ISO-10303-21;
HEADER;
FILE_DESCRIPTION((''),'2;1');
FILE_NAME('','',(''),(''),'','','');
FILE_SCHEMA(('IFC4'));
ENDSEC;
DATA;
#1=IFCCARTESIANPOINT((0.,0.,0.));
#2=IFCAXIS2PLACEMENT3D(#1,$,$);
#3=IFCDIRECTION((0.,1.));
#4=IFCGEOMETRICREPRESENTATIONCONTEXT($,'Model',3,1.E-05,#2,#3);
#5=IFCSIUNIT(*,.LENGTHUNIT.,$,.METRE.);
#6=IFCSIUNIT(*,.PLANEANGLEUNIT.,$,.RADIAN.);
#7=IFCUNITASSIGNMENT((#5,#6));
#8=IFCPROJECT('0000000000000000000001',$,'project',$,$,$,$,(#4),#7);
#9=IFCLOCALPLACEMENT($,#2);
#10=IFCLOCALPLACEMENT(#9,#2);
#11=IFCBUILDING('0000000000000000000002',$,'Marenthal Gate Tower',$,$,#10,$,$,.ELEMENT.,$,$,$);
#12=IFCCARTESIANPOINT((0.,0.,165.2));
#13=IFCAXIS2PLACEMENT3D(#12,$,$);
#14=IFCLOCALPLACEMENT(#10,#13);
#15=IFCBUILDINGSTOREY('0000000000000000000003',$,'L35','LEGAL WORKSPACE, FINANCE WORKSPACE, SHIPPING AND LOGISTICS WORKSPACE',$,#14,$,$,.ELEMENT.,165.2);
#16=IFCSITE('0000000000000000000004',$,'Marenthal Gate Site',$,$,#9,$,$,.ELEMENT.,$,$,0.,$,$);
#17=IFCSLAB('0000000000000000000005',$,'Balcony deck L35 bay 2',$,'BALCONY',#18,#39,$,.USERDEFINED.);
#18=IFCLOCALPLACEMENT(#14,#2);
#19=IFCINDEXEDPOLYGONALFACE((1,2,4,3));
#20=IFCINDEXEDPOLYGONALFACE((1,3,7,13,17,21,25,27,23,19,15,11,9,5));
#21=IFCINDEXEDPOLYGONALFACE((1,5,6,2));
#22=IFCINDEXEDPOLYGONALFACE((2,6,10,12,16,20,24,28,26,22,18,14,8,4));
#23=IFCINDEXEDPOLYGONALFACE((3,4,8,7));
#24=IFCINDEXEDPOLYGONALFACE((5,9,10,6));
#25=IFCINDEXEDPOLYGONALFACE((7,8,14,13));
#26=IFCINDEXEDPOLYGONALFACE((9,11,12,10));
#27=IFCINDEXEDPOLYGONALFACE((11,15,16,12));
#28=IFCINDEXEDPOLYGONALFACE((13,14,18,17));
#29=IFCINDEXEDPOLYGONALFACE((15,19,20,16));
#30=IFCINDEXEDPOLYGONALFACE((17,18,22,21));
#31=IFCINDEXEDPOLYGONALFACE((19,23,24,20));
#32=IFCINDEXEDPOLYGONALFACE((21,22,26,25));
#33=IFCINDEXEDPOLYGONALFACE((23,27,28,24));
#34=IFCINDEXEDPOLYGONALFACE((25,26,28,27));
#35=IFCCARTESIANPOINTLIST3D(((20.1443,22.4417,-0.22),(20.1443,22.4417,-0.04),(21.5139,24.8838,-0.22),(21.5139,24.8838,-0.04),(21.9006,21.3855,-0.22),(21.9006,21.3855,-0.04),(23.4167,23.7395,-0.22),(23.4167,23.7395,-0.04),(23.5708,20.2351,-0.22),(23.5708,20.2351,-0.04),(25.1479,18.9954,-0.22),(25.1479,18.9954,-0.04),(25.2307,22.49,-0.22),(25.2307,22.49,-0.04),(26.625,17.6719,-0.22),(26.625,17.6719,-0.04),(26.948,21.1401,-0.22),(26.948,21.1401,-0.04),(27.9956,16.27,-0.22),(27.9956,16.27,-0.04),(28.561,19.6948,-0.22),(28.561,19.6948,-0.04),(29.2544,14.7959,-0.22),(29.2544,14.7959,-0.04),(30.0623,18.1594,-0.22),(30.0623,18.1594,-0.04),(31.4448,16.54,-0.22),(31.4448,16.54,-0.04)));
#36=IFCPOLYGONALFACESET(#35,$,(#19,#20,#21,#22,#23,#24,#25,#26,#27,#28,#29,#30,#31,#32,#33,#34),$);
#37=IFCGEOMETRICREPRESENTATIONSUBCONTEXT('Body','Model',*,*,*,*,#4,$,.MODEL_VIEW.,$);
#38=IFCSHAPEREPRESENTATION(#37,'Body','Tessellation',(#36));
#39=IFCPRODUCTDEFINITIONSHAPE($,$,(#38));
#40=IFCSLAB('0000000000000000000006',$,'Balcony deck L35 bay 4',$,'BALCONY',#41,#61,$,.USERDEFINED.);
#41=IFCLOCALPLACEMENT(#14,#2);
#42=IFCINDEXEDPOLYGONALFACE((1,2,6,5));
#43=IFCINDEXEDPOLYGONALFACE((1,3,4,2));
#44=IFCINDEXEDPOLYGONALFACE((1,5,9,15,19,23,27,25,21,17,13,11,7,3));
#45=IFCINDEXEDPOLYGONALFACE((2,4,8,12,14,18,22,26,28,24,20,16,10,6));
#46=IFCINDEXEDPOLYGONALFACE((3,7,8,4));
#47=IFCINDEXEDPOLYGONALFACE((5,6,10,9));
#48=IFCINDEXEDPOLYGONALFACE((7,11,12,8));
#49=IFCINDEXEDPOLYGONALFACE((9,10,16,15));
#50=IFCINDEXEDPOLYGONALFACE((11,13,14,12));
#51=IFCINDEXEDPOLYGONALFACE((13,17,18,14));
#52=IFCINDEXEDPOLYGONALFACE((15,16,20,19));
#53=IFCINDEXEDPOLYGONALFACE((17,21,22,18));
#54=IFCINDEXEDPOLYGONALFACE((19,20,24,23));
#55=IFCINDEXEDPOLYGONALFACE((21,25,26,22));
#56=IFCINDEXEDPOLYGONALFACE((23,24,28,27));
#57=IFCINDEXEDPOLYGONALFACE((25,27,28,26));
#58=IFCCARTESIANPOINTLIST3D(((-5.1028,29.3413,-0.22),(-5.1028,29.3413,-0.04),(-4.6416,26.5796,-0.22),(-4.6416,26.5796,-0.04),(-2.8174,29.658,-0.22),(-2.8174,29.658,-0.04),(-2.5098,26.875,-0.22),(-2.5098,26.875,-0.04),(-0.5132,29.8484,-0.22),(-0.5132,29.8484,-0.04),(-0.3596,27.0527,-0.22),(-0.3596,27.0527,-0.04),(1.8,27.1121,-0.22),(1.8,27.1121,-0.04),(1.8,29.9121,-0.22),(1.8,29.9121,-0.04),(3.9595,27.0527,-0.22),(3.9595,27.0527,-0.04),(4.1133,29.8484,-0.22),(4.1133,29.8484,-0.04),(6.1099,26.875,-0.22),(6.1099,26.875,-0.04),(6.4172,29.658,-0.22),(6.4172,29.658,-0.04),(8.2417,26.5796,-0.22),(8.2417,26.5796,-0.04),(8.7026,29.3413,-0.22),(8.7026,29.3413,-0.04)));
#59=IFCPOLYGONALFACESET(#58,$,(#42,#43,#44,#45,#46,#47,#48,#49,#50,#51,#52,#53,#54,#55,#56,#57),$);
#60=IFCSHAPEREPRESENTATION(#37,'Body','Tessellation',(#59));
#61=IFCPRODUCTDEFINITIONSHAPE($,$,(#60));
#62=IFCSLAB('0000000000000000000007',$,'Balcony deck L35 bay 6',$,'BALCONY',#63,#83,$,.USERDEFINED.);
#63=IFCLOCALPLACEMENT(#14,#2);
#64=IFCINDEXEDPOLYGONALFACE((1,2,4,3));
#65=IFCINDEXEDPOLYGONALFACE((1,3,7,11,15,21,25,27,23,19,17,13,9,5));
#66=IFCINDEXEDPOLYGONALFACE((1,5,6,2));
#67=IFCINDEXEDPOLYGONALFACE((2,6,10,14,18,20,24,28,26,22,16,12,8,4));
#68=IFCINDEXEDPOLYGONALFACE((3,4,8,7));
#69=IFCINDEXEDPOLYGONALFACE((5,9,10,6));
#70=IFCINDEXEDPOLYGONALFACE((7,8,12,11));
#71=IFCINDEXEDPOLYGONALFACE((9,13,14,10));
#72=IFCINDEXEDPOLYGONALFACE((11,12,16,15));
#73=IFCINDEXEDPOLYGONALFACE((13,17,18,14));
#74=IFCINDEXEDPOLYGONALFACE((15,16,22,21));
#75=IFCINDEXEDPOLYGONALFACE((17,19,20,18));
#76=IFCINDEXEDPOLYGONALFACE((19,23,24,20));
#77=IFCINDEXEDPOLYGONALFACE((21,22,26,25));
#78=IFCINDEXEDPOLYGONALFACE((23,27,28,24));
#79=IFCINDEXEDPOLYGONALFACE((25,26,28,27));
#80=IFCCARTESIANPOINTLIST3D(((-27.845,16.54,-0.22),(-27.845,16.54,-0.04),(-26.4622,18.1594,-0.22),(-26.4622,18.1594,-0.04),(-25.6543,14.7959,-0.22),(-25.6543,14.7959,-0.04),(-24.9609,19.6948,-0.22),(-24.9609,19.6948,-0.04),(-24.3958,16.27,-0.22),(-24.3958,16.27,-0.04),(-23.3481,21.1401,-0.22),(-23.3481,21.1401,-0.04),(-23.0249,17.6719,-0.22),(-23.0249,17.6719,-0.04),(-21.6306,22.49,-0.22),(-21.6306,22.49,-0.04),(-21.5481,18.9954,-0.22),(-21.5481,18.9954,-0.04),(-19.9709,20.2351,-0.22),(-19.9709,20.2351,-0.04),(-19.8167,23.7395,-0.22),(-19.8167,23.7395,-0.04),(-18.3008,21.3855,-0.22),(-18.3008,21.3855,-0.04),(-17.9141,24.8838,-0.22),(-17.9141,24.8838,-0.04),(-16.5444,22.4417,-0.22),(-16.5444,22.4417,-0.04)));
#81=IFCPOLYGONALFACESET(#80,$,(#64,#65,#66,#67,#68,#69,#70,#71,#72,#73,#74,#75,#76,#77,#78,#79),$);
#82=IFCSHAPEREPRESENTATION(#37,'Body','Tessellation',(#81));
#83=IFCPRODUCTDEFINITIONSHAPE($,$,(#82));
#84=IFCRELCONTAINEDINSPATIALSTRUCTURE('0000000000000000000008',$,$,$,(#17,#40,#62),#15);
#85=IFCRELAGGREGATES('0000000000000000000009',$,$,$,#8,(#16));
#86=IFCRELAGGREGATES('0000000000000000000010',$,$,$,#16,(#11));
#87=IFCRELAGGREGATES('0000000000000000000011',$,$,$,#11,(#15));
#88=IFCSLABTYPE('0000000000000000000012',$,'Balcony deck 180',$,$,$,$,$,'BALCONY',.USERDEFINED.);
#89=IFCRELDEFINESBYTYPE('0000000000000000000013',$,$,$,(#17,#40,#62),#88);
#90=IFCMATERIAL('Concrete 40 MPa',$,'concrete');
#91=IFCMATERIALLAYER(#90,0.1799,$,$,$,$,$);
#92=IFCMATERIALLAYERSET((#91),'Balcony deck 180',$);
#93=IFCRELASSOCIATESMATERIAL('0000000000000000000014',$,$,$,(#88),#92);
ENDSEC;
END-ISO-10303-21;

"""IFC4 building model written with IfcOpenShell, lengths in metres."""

from ifc_helpers import new_model, si_unit, direction, frame, origin, place, context, subcontext, project, spatial, polyline, outline, extrude, material, layer, layer_set, type_object, element, save


model = new_model("IFC4")

# Units and contexts
model_context = context("Model", 3, precision=1e-05, world=origin(), true_north=direction((0.0, 1.0)))
body_context = subcontext(model_context, "Body", "Model", "MODEL_VIEW")
ifc_project = project(units=[si_unit("LENGTHUNIT", "METRE"), si_unit("PLANEANGLEUNIT", "RADIAN")], contexts=[model_context])

# Site, building, storey
site_placement = place(None, origin())
site = spatial("IfcSite", under=ifc_project, at=site_placement, Name="Marenthal Gate Site", CompositionType="ELEMENT", RefElevation=0.0)
building_placement = place(site_placement, origin())
building = spatial("IfcBuilding", under=site, at=building_placement, Name="Marenthal Gate Tower", CompositionType="ELEMENT")
storey_placement = place(building_placement, frame((0.0, 0.0, 165.2)))
storey = spatial("IfcBuildingStorey", under=building, at=storey_placement, Name="L35", Description="LEGAL WORKSPACE, FINANCE WORKSPACE, SHIPPING AND LOGISTICS WORKSPACE", CompositionType="ELEMENT", Elevation=165.2)

# Slabs
ifc_material_1 = material(Name="Concrete 40 MPa", Category="concrete")
ifc_layer_1 = layer(ifc_material_1, 0.1799)
ifc_layer_set_1 = layer_set([ifc_layer_1], Name="Balcony deck 180")
slab_type_1 = type_object("IfcSlabType", Name="Balcony deck 180", ElementType="BALCONY", PredefinedType="USERDEFINED", material=ifc_layer_set_1)
slab_1_placement = place(storey_placement, frame((0.0, 0.0, -0.22)))
element("IfcSlab", 1, at=slab_1_placement, inside=storey, type_object=slab_type_1, Name="Balcony deck L35 bay 2", ObjectType="BALCONY", PredefinedType="USERDEFINED", context=body_context, shape_type="SweptSolid", body=[
    extrude(outline(polyline([(29.2544, 14.7959), (27.9956, 16.27), (26.625, 17.6719), (25.1479, 18.9954), (23.5708, 20.2351), (21.9006, 21.3855), (20.1443, 22.4417), (21.5139, 24.8838), (23.4167, 23.7395), (25.2307, 22.49), (26.948, 21.1401), (28.561, 19.6948), (30.0623, 18.1594), (31.4448, 16.54), (29.2544, 14.7959)])), origin(), (0.0, 0.0, 1.0), 0.1799),
])
slab_2_placement = place(storey_placement, frame((0.0, 0.0, -0.22)))
element("IfcSlab", 2, at=slab_2_placement, inside=storey, type_object=slab_type_1, Name="Balcony deck L35 bay 4", ObjectType="BALCONY", PredefinedType="USERDEFINED", context=body_context, shape_type="SweptSolid", body=[
    extrude(outline(polyline([(8.2417, 26.5796), (6.1099, 26.875), (3.9595, 27.0527), (1.8, 27.1121), (-0.3596, 27.0527), (-2.5098, 26.875), (-4.6416, 26.5796), (-5.1028, 29.3413), (-2.8174, 29.658), (-0.5132, 29.8484), (1.8, 29.9121), (4.1133, 29.8484), (6.4172, 29.658), (8.7026, 29.3413), (8.2417, 26.5796)])), origin(), (0.0, 0.0, 1.0), 0.1799),
])
slab_3_placement = place(storey_placement, frame((0.0, 0.0, -0.22)))
element("IfcSlab", 3, at=slab_3_placement, inside=storey, type_object=slab_type_1, Name="Balcony deck L35 bay 6", ObjectType="BALCONY", PredefinedType="USERDEFINED", context=body_context, shape_type="SweptSolid", body=[
    extrude(outline(polyline([(-16.5444, 22.4417), (-18.3008, 21.3855), (-19.9709, 20.2351), (-21.5481, 18.9954), (-23.0249, 17.6719), (-24.3958, 16.27), (-25.6543, 14.7959), (-27.845, 16.54), (-26.4622, 18.1594), (-24.9609, 19.6948), (-23.3481, 21.1401), (-21.6306, 22.49), (-19.8167, 23.7395), (-17.9141, 24.8838), (-16.5444, 22.4417)])), origin(), (0.0, 0.0, 1.0), 0.1799),
])

save(model, "model.ifc")
